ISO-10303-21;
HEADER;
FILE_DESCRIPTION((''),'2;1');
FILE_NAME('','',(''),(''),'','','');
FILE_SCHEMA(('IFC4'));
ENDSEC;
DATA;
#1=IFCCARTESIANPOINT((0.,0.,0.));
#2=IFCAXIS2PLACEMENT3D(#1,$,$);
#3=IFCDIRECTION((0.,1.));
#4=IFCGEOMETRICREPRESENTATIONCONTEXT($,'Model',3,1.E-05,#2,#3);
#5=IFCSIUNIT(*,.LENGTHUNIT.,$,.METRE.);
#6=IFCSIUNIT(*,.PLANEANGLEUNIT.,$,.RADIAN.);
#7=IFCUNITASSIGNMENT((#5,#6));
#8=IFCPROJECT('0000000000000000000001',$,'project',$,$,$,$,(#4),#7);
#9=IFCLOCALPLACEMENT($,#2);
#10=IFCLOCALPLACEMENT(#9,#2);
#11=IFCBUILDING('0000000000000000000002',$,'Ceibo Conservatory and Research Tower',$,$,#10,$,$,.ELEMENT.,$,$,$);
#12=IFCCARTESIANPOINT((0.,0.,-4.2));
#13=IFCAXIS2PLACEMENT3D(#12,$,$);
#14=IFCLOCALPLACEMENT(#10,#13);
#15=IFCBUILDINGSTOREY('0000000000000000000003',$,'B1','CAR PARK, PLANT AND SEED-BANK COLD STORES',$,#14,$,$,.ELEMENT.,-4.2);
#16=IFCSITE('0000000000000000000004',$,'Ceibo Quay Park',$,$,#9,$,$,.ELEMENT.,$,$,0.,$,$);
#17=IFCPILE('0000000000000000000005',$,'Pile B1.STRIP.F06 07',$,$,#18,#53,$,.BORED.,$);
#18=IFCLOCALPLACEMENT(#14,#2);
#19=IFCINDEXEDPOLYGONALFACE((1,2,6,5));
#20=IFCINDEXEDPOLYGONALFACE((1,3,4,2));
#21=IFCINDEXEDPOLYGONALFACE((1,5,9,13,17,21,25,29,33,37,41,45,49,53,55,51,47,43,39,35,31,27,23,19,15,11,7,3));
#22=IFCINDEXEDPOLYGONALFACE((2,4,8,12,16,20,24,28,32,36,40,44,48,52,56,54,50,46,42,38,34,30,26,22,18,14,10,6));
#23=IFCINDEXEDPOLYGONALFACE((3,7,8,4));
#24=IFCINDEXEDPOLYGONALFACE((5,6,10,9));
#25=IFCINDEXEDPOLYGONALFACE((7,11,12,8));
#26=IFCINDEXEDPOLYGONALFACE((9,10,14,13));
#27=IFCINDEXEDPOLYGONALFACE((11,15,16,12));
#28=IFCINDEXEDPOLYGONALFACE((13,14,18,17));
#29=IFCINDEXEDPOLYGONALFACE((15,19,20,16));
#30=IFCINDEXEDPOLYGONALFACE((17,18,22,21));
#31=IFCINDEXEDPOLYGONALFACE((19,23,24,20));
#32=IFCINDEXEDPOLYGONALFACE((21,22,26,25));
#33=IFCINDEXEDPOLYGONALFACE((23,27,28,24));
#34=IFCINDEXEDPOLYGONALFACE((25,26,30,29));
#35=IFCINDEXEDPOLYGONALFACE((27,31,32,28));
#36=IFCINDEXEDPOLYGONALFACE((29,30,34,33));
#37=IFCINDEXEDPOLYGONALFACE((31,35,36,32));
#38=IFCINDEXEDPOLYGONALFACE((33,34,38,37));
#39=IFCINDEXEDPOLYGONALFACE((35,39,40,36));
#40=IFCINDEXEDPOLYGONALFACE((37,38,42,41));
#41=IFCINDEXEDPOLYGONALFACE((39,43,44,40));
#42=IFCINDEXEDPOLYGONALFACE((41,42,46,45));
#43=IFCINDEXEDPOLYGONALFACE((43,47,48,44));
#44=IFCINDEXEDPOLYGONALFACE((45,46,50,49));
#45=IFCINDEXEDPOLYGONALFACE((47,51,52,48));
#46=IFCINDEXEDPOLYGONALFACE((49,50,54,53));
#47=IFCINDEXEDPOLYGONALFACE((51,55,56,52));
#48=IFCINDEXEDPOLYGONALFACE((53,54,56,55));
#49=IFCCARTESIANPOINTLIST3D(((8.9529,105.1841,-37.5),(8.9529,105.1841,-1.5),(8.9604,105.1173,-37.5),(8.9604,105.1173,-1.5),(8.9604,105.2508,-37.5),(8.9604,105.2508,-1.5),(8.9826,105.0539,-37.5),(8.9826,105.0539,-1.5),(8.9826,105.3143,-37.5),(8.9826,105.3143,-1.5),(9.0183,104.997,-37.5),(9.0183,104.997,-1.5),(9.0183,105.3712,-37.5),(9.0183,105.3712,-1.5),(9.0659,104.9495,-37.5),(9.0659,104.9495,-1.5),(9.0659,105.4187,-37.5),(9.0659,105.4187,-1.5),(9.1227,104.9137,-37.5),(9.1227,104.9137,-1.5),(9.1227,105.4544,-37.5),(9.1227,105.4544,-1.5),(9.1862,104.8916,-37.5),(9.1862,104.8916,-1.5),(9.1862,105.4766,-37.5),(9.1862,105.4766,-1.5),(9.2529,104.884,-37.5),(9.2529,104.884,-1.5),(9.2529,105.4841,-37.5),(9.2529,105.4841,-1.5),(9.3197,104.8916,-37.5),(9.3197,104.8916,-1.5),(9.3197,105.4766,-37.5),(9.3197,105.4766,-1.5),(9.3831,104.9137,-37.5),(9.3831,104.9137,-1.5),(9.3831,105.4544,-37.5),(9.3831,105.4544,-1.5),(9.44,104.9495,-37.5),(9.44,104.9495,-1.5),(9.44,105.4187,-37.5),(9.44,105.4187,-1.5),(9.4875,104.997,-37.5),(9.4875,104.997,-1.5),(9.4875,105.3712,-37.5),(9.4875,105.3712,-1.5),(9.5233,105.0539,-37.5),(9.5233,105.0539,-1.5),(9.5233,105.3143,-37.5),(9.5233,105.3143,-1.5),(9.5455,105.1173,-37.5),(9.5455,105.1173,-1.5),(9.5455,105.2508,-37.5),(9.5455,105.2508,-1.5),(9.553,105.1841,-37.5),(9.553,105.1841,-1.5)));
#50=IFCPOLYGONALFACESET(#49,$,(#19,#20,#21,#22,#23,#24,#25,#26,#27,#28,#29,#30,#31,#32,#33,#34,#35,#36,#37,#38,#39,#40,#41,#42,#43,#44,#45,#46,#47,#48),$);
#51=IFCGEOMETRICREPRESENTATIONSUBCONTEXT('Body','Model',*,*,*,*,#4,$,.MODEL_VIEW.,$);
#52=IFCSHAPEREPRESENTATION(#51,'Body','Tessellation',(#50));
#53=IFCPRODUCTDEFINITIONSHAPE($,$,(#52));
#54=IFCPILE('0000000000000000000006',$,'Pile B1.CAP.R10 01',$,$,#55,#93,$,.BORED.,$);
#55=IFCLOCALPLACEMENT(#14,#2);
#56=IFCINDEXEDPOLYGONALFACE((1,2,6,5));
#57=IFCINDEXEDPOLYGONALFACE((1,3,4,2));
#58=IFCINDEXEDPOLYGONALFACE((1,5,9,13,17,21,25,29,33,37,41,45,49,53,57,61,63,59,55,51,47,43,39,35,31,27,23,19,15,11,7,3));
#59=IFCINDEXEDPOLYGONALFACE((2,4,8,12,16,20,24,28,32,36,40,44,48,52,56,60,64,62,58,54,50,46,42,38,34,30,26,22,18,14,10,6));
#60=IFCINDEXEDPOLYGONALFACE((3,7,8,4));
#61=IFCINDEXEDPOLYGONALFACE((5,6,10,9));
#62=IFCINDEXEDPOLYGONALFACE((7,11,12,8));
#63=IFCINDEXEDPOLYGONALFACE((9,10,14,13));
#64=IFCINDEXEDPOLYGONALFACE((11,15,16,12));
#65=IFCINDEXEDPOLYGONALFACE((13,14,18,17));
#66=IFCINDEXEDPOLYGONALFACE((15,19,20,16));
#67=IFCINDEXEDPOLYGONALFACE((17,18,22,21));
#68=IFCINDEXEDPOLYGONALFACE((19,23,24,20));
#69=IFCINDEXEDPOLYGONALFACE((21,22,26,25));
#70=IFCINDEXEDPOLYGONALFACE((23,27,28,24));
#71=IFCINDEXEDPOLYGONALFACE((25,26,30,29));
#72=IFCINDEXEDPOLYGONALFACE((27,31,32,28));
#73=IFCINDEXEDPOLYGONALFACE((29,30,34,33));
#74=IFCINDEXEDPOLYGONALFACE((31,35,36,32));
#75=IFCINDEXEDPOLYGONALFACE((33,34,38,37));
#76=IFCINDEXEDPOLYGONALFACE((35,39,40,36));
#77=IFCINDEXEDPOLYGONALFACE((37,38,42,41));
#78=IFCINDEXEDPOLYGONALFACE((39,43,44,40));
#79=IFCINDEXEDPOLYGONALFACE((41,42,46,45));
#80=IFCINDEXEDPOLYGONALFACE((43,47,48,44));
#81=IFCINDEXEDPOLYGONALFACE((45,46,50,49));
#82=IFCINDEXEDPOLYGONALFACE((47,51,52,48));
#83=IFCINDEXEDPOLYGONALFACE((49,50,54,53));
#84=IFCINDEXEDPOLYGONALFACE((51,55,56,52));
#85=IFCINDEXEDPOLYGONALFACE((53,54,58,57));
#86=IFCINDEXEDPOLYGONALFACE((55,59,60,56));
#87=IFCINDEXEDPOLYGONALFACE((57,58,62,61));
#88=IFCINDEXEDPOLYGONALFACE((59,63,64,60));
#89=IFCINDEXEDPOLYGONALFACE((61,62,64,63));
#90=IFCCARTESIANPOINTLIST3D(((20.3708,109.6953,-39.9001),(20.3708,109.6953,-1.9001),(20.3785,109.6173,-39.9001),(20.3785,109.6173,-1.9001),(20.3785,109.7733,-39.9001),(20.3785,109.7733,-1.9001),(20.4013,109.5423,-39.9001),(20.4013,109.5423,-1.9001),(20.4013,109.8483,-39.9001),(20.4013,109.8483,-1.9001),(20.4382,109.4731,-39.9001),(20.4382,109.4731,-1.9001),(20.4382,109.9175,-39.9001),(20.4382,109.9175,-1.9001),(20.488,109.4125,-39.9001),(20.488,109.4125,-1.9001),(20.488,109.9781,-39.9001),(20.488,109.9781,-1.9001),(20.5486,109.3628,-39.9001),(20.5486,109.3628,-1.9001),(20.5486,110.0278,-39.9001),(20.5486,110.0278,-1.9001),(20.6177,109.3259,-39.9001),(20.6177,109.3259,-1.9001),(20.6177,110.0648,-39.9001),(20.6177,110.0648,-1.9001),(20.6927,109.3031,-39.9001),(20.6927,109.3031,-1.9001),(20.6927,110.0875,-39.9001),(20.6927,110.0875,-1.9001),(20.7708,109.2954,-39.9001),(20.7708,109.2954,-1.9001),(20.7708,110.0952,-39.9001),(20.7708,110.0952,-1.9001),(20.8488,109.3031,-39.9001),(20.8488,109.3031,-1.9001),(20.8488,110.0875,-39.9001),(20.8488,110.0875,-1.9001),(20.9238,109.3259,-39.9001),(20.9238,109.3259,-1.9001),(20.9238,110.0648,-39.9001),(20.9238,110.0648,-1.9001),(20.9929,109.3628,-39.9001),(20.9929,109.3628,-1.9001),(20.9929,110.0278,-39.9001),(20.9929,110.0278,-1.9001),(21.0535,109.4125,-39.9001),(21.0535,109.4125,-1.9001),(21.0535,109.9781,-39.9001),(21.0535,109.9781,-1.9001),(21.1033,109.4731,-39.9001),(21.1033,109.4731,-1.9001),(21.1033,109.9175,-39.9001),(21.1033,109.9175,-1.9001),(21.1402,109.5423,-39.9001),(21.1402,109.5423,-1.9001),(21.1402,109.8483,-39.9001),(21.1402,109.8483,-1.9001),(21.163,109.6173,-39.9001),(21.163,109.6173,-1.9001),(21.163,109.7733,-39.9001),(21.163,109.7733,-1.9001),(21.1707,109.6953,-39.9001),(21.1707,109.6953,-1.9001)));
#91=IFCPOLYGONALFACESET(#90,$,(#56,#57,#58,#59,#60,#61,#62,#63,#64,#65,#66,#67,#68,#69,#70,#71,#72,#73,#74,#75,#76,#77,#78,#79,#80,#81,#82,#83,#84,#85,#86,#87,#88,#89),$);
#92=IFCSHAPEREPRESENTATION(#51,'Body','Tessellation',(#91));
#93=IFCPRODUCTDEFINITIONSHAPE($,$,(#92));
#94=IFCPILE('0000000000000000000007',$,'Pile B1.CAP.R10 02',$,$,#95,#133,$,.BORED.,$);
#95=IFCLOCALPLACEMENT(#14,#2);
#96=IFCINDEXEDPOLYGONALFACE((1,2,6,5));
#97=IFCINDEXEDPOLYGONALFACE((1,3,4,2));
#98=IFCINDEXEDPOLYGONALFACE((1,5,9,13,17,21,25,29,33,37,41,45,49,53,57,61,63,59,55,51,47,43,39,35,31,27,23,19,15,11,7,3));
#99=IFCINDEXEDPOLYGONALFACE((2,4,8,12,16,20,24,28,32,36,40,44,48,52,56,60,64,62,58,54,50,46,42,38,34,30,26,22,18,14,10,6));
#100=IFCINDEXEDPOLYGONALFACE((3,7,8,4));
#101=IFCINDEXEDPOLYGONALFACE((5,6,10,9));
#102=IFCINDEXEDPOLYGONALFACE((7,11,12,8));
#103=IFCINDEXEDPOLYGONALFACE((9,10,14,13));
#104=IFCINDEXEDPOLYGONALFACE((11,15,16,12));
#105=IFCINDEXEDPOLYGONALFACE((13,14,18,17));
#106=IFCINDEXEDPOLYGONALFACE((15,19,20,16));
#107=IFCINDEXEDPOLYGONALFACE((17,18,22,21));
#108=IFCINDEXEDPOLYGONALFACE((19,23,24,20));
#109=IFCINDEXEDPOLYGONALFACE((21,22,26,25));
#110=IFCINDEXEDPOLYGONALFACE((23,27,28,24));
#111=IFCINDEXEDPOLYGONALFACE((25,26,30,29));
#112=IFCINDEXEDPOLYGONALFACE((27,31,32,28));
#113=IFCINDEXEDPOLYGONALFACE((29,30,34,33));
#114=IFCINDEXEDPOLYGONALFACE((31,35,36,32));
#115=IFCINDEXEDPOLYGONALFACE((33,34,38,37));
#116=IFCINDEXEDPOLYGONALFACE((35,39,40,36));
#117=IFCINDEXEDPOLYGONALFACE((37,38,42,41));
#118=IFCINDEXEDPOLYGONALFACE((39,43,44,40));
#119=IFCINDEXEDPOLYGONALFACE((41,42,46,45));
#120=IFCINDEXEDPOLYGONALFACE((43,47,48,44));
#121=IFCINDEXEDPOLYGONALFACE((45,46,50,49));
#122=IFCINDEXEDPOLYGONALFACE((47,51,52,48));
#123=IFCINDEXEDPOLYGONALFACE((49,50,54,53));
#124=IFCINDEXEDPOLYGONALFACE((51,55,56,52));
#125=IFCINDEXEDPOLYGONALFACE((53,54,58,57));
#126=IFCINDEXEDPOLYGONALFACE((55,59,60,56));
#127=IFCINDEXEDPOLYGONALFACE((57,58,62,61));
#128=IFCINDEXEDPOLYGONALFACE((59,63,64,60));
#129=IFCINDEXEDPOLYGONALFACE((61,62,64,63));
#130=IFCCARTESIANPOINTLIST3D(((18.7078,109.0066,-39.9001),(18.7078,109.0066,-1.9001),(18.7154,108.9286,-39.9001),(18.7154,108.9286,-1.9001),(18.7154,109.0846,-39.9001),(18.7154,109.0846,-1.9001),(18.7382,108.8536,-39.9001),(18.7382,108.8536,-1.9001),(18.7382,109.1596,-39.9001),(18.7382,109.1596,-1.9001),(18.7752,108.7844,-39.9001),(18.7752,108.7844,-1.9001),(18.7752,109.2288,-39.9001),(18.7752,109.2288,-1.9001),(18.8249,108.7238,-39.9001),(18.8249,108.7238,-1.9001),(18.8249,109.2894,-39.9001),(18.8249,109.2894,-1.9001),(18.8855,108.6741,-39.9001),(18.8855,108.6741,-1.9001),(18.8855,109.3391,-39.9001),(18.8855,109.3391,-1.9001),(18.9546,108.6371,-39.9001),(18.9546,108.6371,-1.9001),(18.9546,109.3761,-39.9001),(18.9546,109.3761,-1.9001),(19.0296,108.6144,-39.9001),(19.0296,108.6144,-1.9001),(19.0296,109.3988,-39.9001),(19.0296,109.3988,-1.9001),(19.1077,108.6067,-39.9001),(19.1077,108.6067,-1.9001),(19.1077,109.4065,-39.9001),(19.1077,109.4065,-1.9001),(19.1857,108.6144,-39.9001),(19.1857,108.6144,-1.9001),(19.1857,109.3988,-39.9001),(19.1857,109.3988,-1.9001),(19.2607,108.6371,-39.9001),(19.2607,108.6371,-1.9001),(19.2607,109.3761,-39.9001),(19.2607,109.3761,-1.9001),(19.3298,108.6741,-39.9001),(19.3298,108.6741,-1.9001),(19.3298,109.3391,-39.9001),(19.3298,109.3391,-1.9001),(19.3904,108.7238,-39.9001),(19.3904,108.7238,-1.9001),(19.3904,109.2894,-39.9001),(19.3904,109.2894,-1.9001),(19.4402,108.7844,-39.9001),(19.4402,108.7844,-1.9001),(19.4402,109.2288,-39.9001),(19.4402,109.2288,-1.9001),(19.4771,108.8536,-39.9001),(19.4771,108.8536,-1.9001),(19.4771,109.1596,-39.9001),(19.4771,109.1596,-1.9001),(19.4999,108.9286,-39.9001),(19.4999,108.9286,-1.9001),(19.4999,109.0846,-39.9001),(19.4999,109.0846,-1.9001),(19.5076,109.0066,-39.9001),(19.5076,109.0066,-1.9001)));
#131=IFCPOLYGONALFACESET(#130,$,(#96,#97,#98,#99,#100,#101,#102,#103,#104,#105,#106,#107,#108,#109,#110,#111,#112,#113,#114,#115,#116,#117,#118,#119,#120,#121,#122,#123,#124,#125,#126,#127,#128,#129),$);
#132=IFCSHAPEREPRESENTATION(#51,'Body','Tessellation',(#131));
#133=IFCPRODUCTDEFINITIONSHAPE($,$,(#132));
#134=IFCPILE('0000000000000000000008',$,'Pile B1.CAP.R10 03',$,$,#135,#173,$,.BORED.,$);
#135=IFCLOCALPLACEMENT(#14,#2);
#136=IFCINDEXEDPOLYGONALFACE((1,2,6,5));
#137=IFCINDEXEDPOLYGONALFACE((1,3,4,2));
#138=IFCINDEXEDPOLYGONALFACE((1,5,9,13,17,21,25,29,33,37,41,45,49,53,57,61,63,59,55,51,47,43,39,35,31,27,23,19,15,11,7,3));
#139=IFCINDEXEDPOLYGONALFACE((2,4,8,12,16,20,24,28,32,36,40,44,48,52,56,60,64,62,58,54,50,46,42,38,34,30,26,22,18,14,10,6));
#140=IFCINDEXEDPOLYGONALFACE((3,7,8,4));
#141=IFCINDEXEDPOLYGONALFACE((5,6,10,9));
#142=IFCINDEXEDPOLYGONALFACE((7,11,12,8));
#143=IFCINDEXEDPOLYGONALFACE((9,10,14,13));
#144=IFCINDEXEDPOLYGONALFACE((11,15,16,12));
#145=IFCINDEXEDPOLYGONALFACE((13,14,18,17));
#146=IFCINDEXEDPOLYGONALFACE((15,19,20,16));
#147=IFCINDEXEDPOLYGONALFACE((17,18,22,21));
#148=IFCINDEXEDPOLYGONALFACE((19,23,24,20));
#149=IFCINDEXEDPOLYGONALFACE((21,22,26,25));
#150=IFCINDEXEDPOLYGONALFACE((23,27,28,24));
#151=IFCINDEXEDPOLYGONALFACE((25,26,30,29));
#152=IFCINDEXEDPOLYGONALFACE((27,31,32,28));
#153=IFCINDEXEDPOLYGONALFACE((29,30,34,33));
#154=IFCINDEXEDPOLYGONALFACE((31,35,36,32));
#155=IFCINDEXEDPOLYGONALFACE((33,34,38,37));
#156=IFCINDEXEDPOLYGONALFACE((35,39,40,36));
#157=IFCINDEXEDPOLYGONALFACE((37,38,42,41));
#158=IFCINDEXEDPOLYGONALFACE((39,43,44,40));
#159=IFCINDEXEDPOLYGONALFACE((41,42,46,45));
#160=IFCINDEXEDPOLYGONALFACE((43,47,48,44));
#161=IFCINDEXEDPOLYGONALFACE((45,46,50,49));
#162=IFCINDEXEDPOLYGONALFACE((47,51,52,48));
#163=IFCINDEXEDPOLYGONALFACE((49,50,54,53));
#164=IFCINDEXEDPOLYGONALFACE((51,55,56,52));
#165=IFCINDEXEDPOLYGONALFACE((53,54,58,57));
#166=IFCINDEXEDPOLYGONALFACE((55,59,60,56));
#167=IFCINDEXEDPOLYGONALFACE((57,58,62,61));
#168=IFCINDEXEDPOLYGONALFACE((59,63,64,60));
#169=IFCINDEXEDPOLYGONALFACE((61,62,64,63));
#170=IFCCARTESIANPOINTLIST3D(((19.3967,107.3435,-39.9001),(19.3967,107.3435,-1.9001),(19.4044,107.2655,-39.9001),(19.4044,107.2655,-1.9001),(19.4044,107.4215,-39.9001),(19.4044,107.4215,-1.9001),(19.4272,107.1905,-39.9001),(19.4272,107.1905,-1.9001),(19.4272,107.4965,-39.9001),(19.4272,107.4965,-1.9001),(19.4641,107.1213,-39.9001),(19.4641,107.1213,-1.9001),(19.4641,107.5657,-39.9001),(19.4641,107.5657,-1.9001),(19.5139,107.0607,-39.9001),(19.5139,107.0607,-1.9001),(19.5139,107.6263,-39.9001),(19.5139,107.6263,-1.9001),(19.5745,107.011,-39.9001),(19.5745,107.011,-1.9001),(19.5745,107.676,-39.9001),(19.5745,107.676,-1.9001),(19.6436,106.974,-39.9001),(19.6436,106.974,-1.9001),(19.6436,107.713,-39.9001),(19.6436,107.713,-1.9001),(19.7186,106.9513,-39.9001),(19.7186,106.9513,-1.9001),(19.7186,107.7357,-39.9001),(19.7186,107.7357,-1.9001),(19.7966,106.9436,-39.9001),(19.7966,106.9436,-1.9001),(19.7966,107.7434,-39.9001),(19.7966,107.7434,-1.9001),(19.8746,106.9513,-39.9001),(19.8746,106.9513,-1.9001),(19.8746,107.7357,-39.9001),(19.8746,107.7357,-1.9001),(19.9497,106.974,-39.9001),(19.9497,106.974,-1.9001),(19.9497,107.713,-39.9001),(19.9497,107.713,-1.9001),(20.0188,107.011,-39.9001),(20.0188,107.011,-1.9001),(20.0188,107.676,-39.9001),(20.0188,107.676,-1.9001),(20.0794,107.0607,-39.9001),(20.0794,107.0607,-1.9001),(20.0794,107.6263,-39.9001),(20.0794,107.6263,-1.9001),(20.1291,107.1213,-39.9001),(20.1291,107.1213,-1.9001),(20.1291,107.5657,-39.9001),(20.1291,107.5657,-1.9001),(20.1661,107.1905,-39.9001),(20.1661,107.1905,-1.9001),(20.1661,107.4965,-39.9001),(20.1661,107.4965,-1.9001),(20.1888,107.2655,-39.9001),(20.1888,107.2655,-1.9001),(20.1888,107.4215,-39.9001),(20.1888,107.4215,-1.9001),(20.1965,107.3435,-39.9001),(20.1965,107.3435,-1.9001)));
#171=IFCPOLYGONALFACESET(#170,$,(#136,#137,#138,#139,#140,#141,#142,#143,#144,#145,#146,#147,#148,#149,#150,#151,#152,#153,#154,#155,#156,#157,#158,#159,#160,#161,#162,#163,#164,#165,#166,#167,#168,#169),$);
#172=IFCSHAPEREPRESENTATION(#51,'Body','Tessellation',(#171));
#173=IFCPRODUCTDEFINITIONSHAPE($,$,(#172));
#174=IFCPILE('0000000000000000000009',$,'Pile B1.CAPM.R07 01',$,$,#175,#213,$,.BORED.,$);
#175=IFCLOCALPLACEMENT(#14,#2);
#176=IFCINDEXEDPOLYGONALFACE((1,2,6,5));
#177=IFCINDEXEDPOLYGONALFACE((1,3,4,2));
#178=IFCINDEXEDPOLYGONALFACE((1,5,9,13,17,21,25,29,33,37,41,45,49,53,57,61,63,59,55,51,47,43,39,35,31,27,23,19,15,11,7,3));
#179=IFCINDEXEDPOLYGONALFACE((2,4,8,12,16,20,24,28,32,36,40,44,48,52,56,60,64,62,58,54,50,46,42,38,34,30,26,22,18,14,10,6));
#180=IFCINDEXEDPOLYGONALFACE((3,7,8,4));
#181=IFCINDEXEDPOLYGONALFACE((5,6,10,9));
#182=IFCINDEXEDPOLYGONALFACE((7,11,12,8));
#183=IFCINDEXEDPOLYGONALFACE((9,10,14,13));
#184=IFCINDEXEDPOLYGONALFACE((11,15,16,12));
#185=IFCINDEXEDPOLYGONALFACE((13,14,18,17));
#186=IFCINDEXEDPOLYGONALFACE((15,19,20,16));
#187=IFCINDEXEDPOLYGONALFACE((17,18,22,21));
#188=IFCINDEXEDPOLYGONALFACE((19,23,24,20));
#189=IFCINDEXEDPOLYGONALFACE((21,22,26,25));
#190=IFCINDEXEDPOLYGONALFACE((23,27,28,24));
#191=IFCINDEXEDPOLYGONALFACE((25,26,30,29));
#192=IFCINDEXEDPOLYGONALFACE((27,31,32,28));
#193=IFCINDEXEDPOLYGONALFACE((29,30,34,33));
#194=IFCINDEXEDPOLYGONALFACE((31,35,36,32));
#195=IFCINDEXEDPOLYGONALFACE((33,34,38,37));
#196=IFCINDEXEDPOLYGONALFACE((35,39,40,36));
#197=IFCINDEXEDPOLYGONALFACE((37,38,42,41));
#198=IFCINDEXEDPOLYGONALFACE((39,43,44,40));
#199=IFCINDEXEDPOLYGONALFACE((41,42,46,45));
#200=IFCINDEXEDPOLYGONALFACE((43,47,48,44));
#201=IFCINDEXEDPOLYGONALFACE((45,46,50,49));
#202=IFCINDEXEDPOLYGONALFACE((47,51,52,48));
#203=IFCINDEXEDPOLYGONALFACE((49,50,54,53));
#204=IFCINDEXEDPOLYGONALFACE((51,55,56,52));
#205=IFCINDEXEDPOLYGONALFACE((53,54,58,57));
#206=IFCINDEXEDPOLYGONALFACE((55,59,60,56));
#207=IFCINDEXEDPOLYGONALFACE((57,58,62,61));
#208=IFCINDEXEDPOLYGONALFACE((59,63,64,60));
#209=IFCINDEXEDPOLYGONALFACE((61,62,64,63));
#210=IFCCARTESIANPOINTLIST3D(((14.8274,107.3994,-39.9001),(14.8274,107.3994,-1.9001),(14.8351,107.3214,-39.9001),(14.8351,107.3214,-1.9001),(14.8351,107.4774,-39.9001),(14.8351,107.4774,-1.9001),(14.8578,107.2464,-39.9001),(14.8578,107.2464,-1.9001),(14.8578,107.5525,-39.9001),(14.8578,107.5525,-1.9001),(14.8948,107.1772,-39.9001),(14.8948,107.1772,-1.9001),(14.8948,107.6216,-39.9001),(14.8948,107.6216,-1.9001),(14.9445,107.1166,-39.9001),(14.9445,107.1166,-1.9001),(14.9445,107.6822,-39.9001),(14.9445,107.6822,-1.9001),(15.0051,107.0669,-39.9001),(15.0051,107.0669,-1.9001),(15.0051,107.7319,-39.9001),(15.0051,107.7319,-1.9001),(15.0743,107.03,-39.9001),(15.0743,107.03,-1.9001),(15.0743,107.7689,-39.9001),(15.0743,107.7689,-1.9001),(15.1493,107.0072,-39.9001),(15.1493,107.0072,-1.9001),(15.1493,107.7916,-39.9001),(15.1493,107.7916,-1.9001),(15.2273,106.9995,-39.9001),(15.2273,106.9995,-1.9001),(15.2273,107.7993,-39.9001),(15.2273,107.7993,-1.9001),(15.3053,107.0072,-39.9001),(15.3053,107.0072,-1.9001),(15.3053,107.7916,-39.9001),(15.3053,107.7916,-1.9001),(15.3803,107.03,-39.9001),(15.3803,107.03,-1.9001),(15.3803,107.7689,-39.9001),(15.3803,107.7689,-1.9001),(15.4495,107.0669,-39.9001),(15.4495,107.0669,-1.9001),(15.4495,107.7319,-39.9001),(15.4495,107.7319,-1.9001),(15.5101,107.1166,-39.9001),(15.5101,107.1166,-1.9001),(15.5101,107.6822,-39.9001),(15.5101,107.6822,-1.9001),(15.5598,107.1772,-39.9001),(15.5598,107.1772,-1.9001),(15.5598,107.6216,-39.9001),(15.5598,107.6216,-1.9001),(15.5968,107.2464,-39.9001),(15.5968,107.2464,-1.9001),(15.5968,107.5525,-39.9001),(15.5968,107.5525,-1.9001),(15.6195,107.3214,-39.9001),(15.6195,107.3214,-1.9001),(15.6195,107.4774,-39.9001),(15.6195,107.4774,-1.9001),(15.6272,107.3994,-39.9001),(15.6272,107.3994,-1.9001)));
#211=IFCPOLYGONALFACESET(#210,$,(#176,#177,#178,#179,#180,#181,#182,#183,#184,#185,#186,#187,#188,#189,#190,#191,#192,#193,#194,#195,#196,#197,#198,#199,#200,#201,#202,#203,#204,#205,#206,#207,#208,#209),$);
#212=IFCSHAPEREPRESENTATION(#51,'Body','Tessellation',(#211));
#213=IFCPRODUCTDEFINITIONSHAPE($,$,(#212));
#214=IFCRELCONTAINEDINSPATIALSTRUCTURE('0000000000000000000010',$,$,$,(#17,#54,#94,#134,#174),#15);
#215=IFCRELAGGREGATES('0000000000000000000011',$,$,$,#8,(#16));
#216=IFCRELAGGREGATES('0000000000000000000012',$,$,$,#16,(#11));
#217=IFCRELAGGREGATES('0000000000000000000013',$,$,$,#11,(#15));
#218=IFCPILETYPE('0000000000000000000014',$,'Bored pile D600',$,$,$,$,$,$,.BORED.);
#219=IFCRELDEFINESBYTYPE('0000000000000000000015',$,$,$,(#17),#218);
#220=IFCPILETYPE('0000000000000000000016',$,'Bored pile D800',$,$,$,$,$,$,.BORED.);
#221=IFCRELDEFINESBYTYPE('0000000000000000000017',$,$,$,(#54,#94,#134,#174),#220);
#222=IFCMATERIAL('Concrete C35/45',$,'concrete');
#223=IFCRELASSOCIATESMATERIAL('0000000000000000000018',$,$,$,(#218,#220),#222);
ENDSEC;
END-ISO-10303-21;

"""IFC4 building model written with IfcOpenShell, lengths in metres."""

from ifc_helpers import new_model, si_unit, direction, frame, origin, origin_2d, place, context, subcontext, project, spatial, circle, extrude, material, material_profile, profile_set, type_object, element, save


model = new_model("IFC4")

# Units and contexts
model_context = context("Model", 3, precision=1e-05, world=origin(), true_north=direction((0.0, 1.0)))
body_context = subcontext(model_context, "Body", "Model", "MODEL_VIEW")
ifc_project = project(units=[si_unit("LENGTHUNIT", "METRE"), si_unit("PLANEANGLEUNIT", "RADIAN")], contexts=[model_context])

# Site, building, storey
site_placement = place(None, origin())
site = spatial("IfcSite", under=ifc_project, at=site_placement, Name="Ceibo Quay Park", CompositionType="ELEMENT", RefElevation=0.0)
building_placement = place(site_placement, origin())
building = spatial("IfcBuilding", under=site, at=building_placement, Name="Ceibo Conservatory and Research Tower", CompositionType="ELEMENT")
storey_placement = place(building_placement, frame((0.0, 0.0, -4.2)))
storey = spatial("IfcBuildingStorey", under=building, at=storey_placement, Name="B1", Description="CAR PARK, PLANT AND SEED-BANK COLD STORES", CompositionType="ELEMENT", Elevation=-4.2)

# Piles
ifc_material_1 = material(Name="Concrete C35/45", Category="concrete")
ifc_material_profile_1 = material_profile(ifc_material_1, circle(Radius=0.3, at=origin_2d()), Name="RC D600")
ifc_profile_set_1 = profile_set([ifc_material_profile_1], Name="Concrete C35/45")
pile_type_1 = type_object("IfcPileType", Name="Bored pile D600", PredefinedType="BORED", material=ifc_profile_set_1)
for number, where, z_axis, x_axis, name in (
    (1, (9.2529, 105.1841, -1.5), (0.0, 0.0, -1.0), (1.0, 0.0, 0.0), "Pile B1.STRIP.F06 07"),
):
    element("IfcPile", number, at=place(storey_placement, frame(where, z_axis=z_axis, x_axis=x_axis)), inside=storey, type_object=pile_type_1, Name=name, PredefinedType="BORED", context=body_context, shape_type="SweptSolid", body=[
        extrude(circle(Radius=0.3, at=origin_2d()), origin(), (0.0, 0.0, 1.0), 36.0),
    ])
ifc_material_profile_2 = material_profile(ifc_material_1, circle(Radius=0.3999, at=origin_2d()), Name="RC D800")
ifc_profile_set_2 = profile_set([ifc_material_profile_2], Name="Concrete C35/45")
pile_type_2 = type_object("IfcPileType", Name="Bored pile D800", PredefinedType="BORED", material=ifc_profile_set_2)
for number, where, z_axis, x_axis, name in (
    (2, (20.7708, 109.6953, -1.9001), (0.0, 0.0, -1.0), (1.0, 0.0, 0.0), "Pile B1.CAP.R10 01"),
    (3, (19.1077, 109.0066, -1.9001), (0.0, 0.0, -1.0), (1.0, 0.0, 0.0), "Pile B1.CAP.R10 02"),
    (4, (19.7966, 107.3435, -1.9001), (0.0, 0.0, -1.0), (1.0, 0.0, 0.0), "Pile B1.CAP.R10 03"),
    (5, (15.2273, 107.3994, -1.9001), (0.0, 0.0, -1.0), (1.0, 0.0, 0.0), "Pile B1.CAPM.R07 01"),
):
    element("IfcPile", number, at=place(storey_placement, frame(where, z_axis=z_axis, x_axis=x_axis)), inside=storey, type_object=pile_type_2, Name=name, PredefinedType="BORED", context=body_context, shape_type="SweptSolid", body=[
        extrude(circle(Radius=0.3999, at=origin_2d()), origin(), (0.0, 0.0, 1.0), 38.0),
    ])

save(model, "model.ifc")
